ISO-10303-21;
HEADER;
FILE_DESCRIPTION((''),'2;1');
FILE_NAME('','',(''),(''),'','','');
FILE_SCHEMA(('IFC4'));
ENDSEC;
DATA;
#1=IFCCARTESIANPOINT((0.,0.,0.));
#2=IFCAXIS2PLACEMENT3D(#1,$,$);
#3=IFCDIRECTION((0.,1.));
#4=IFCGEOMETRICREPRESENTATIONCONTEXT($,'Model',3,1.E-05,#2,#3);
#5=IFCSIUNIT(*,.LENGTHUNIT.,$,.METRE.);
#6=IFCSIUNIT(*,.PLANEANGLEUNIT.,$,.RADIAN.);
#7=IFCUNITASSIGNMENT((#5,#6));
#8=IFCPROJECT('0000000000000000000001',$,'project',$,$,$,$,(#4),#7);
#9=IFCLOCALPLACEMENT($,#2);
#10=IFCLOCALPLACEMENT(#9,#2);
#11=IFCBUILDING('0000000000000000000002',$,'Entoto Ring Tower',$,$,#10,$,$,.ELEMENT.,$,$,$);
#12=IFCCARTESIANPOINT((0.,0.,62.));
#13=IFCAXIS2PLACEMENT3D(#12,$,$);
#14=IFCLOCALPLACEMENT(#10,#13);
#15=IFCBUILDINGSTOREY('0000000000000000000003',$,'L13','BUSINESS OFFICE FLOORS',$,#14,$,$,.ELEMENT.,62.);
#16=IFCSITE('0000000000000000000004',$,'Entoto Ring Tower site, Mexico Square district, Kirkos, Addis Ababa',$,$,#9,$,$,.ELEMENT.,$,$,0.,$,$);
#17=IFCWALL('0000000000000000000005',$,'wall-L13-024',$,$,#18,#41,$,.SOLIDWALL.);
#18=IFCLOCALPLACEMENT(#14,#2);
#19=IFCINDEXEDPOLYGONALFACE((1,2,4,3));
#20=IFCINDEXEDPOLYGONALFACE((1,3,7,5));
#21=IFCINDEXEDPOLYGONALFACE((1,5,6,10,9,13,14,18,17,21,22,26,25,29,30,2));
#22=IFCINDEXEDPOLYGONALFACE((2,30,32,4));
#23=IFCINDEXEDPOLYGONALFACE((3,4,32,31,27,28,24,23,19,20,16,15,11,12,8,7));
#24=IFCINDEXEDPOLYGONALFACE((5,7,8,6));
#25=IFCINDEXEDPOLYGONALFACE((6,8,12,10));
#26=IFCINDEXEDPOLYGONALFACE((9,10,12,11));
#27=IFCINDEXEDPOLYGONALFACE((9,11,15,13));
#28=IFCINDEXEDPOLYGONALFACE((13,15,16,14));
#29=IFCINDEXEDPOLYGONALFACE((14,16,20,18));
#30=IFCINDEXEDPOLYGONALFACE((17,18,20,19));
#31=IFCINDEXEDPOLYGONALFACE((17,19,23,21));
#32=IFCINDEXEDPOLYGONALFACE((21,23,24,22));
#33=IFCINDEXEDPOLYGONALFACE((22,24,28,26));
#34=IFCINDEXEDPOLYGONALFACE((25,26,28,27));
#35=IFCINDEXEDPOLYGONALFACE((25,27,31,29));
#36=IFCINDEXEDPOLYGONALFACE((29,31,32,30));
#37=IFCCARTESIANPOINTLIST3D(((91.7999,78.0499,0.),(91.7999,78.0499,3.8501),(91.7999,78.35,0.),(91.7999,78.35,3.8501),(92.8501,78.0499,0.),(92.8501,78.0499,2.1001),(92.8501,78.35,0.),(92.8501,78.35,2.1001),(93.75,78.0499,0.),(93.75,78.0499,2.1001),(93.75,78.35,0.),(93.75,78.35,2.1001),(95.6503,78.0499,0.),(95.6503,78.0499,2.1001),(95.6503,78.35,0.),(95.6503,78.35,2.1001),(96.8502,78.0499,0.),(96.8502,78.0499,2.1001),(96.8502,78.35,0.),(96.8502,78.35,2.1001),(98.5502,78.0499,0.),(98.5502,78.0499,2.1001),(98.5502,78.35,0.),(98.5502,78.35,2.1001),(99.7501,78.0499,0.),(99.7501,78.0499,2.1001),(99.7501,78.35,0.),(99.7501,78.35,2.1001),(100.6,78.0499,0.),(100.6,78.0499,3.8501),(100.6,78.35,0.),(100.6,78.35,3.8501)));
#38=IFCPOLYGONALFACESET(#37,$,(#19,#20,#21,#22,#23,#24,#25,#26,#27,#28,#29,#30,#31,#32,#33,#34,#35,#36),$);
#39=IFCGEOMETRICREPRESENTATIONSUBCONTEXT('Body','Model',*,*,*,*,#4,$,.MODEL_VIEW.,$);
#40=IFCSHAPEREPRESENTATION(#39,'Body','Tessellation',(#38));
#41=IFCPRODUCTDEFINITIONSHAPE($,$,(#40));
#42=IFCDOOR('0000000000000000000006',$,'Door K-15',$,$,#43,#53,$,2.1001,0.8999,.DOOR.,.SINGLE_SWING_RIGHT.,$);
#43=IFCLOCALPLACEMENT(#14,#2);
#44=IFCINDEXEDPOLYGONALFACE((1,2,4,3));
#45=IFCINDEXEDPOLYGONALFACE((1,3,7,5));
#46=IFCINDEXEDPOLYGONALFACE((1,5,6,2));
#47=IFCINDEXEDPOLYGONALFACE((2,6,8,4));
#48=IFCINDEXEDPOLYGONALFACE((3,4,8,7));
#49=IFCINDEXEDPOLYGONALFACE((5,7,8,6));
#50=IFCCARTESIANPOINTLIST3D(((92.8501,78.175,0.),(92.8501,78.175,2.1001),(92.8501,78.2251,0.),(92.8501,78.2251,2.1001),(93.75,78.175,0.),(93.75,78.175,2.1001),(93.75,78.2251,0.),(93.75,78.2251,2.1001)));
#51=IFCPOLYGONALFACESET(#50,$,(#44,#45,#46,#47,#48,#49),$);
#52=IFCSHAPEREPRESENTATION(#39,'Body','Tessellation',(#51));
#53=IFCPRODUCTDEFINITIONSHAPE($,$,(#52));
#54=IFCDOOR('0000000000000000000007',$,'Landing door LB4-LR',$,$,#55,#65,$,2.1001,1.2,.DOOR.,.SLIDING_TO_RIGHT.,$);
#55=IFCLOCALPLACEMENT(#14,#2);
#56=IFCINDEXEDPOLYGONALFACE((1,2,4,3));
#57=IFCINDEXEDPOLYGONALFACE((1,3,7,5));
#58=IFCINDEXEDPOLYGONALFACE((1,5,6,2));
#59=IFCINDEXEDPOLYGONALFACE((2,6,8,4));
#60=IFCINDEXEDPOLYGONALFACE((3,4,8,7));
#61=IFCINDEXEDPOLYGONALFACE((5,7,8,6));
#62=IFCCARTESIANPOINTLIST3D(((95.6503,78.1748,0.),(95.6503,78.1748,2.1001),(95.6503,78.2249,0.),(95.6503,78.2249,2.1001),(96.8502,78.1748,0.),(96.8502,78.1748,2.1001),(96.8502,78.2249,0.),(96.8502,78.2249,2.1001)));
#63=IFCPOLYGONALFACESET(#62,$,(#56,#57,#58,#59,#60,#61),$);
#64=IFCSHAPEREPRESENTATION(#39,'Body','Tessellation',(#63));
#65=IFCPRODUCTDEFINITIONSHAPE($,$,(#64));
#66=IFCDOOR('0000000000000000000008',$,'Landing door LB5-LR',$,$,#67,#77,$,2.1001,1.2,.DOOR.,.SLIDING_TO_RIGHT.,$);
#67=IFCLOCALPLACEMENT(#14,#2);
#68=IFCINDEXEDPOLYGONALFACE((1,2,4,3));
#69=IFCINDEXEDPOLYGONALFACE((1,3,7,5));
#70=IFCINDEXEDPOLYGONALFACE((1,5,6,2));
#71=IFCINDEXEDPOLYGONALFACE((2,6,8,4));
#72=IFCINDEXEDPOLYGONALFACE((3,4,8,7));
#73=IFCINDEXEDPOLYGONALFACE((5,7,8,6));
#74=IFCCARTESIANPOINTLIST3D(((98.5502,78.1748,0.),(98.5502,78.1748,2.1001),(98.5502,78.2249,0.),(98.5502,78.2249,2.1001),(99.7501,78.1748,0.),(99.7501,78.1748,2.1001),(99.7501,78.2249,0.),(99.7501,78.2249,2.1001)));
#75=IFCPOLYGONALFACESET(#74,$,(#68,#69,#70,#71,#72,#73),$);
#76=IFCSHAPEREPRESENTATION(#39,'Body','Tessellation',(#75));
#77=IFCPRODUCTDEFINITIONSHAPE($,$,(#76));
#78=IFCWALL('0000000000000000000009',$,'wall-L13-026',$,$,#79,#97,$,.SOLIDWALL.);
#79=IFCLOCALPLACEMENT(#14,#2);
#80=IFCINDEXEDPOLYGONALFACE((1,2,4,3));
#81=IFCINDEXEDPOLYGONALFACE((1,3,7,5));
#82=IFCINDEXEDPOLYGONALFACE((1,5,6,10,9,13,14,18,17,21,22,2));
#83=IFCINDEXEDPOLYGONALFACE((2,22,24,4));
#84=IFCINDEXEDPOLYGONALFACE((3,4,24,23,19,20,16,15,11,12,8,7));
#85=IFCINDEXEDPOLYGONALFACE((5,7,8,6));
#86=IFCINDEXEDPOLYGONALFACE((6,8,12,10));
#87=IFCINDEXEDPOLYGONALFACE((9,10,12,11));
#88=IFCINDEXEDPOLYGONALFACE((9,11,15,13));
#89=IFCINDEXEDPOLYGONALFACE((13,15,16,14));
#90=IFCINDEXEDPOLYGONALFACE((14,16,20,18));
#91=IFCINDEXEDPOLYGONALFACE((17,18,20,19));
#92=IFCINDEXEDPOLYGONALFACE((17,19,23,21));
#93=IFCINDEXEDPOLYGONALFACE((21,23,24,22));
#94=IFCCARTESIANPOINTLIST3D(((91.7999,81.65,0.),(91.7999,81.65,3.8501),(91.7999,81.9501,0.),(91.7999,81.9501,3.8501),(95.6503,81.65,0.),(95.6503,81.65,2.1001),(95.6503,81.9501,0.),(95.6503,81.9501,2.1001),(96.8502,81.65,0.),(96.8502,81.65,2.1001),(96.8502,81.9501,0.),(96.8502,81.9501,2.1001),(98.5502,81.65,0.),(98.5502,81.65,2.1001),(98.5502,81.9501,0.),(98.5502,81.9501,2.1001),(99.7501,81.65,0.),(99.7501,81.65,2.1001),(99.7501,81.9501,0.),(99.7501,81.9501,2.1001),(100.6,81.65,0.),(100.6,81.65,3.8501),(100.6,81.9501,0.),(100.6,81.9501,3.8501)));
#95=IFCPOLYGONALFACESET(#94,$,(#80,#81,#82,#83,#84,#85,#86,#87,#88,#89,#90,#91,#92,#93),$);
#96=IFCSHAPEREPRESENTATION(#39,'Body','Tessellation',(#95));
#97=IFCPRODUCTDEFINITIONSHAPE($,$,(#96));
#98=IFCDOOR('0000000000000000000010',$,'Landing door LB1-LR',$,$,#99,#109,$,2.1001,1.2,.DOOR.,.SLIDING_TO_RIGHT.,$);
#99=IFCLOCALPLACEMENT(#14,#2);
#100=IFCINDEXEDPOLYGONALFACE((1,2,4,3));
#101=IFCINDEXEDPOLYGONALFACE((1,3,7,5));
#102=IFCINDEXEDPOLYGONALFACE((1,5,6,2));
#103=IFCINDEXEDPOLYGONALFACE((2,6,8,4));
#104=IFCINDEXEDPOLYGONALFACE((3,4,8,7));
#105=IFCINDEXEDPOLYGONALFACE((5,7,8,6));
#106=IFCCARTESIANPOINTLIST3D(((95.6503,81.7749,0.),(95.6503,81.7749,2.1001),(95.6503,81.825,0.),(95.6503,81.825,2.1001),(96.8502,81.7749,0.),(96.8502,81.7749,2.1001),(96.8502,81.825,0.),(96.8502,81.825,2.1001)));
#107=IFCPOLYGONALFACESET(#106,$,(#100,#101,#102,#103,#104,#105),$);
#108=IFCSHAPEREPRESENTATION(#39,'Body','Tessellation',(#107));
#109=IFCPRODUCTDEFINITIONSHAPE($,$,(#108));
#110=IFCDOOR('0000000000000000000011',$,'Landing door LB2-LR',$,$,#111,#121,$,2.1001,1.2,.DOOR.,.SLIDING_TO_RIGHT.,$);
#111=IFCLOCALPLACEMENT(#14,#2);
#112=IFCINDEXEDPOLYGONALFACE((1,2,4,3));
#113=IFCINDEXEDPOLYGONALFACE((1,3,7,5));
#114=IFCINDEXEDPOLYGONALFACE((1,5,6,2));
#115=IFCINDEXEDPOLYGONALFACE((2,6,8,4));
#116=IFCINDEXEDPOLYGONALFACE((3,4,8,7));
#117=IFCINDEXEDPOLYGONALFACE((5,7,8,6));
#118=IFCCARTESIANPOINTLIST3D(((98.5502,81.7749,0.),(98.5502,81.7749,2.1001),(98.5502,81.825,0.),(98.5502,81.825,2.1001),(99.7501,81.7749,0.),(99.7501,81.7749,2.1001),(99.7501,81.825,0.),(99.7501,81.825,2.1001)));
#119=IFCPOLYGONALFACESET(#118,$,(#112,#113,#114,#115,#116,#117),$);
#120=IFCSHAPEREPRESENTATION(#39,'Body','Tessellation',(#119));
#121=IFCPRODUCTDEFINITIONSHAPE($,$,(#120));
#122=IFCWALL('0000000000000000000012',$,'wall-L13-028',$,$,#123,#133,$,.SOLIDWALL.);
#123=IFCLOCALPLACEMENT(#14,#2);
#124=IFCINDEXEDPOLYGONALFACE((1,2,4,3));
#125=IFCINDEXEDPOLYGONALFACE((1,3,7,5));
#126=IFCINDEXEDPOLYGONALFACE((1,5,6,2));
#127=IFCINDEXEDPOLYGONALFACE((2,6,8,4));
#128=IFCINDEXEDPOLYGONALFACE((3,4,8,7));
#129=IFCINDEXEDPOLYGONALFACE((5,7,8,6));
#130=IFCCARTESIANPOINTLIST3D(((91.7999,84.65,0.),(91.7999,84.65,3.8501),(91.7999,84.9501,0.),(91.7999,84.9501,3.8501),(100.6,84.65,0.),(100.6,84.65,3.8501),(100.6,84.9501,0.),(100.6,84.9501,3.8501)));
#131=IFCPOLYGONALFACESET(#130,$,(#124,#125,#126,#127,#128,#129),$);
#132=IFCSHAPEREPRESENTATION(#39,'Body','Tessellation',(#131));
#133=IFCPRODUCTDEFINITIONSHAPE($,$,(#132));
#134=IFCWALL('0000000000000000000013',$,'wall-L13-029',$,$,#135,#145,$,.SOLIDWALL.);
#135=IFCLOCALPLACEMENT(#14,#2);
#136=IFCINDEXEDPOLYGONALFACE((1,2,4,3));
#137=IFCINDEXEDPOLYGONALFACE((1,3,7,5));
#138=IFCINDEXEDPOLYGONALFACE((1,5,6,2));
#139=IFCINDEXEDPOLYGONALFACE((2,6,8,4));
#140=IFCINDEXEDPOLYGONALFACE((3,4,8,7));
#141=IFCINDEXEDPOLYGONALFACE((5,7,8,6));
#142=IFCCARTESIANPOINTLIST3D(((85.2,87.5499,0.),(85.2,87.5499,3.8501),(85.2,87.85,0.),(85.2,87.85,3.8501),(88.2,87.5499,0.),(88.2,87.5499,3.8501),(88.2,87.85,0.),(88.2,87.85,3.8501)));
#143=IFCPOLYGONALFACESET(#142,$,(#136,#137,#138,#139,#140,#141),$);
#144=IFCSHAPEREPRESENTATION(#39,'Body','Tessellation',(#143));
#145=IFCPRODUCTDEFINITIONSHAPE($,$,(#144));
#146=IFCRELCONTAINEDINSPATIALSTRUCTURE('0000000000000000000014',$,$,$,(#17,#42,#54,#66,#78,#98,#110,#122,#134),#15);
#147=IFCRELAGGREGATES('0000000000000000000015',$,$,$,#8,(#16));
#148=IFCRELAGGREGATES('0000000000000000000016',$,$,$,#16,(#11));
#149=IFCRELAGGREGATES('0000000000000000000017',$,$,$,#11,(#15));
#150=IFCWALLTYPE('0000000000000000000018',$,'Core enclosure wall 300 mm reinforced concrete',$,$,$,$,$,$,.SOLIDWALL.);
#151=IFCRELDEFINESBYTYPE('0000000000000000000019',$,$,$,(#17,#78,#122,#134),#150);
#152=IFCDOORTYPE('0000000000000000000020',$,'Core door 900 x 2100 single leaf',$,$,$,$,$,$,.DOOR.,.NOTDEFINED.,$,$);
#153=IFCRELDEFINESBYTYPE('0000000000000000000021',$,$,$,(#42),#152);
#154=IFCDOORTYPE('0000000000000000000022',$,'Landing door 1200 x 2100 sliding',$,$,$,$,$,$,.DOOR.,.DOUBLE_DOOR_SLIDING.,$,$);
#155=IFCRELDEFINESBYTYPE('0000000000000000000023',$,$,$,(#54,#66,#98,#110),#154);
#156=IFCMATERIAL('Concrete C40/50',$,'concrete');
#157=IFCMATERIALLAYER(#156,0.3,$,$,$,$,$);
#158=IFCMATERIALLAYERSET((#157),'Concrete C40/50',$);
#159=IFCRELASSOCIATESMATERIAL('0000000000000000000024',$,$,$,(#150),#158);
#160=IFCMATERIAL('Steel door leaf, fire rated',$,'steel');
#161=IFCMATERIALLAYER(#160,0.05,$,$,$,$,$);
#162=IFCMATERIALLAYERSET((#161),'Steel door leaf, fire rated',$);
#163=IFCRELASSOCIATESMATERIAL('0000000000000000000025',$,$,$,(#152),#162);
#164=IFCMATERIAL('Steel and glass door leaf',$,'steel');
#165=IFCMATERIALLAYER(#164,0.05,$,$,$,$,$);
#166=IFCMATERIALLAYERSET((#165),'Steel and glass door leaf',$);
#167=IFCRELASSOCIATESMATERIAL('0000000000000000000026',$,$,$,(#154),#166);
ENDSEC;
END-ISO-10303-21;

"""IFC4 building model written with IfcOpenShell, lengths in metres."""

from ifc_helpers import new_model, si_unit, direction, frame, frame_2d, origin, place, context, subcontext, project, spatial, rectangle, extrude, material, layer, layer_set, type_object, element, fill, save


model = new_model("IFC4")

# Units and contexts
model_context = context("Model", 3, precision=1e-05, world=origin(), true_north=direction((0.0, 1.0)))
body_context = subcontext(model_context, "Body", "Model", "MODEL_VIEW")
ifc_project = project(units=[si_unit("LENGTHUNIT", "METRE"), si_unit("PLANEANGLEUNIT", "RADIAN")], contexts=[model_context])

# Site, building, storey
site_placement = place(None, origin())
site = spatial("IfcSite", under=ifc_project, at=site_placement, Name="Entoto Ring Tower site, Mexico Square district, Kirkos, Addis Ababa", CompositionType="ELEMENT", RefElevation=0.0)
building_placement = place(site_placement, origin())
building = spatial("IfcBuilding", under=site, at=building_placement, Name="Entoto Ring Tower", CompositionType="ELEMENT")
storey_placement = place(building_placement, frame((0.0, 0.0, 62.0)))
storey = spatial("IfcBuildingStorey", under=building, at=storey_placement, Name="L13", Description="BUSINESS OFFICE FLOORS", CompositionType="ELEMENT", Elevation=62.0)

# Shared definitions
ifc_material_1 = material(Name="Concrete C40/50", Category="concrete")
ifc_layer_1 = layer(ifc_material_1, 0.3)
ifc_layer_set_1 = layer_set([ifc_layer_1], Name="Concrete C40/50")
wall_type = type_object("IfcWallType", Name="Core enclosure wall 300 mm reinforced concrete", PredefinedType="SOLIDWALL", material=ifc_layer_set_1)

# Shared definitions
ifc_material_2 = material(Name="Steel door leaf, fire rated", Category="steel")
ifc_layer_2 = layer(ifc_material_2, 0.05)
ifc_layer_set_2 = layer_set([ifc_layer_2], Name="Steel door leaf, fire rated")
door_type_1 = type_object("IfcDoorType", Name="Core door 900 x 2100 single leaf", OperationType="NOTDEFINED", PredefinedType="DOOR", material=ifc_layer_set_2)

# Walls, openings, doors
ifc_material_3 = material(Name="Steel and glass door leaf", Category="steel")
ifc_layer_3 = layer(ifc_material_3, 0.05)
ifc_layer_set_3 = layer_set([ifc_layer_3], Name="Steel and glass door leaf")
door_type_2 = type_object("IfcDoorType", Name="Landing door 1200 x 2100 sliding", OperationType="DOUBLE_DOOR_SLIDING", PredefinedType="DOOR", material=ifc_layer_set_3)
wall_1_placement = place(storey_placement, frame((91.8, 78.2, 0.0), z_axis=(0.0, 0.0, 1.0), x_axis=(1.0, 0.0, 0.0)))
wall_1 = element("IfcWall", 1, at=wall_1_placement, inside=storey, type_object=wall_type, Name="wall-L13-024", PredefinedType="SOLIDWALL", context=body_context, shape_type="SweptSolid", body=[
    extrude(rectangle(XDim=8.8, YDim=0.3, at=frame_2d((4.3999, 0.0))), origin(), (0.0, 0.0, 1.0), 3.8501),
])
opening_1_placement = place(wall_1_placement, frame((3.8501, 0.0, 0.0)))
opening_1 = element("IfcOpeningElement", 2, at=opening_1_placement, cuts=wall_1, PredefinedType="OPENING", context=body_context, shape_type="SweptSolid", body=[
    extrude(rectangle(XDim=1.2, YDim=2.1001, at=frame_2d((0.6001, 1.05))), frame((0.0, 0.1602, 0.0), z_axis=(0.0, -1.0, 0.0), x_axis=(1.0, 0.0, 0.0)), (0.0, 0.0, 1.0), 0.3201),
])
opening_2_placement = place(wall_1_placement, frame((6.75, 0.0, 0.0)))
opening_2 = element("IfcOpeningElement", 3, at=opening_2_placement, cuts=wall_1, PredefinedType="OPENING", context=body_context, shape_type="SweptSolid", body=[
    extrude(rectangle(XDim=1.2, YDim=2.1001, at=frame_2d((0.6001, 1.05))), frame((0.0, 0.1602, 0.0), z_axis=(0.0, -1.0, 0.0), x_axis=(1.0, 0.0, 0.0)), (0.0, 0.0, 1.0), 0.3201),
])
opening_3_placement = place(wall_1_placement, frame((1.05, 0.0, 0.0)))
opening_3 = element("IfcOpeningElement", 4, at=opening_3_placement, cuts=wall_1, PredefinedType="OPENING", context=body_context, shape_type="SweptSolid", body=[
    extrude(rectangle(XDim=0.8999, YDim=2.1001, at=frame_2d((0.45, 1.05))), frame((0.0, 0.1602, 0.0), z_axis=(0.0, -1.0, 0.0), x_axis=(1.0, 0.0, 0.0)), (0.0, 0.0, 1.0), 0.3201),
])
door_1_placement = place(opening_3_placement, frame((0.8999, 0.0, 0.0), z_axis=(0.0, 0.0, 1.0), x_axis=(-1.0, 0.0, 0.0)))
door_1 = element("IfcDoor", 5, at=door_1_placement, inside=storey, type_object=door_type_1, Name="Door K-15", OperationType="SINGLE_SWING_RIGHT", OverallHeight=2.1001, OverallWidth=0.8999, PredefinedType="DOOR", context=body_context, shape_type="SweptSolid", body=[
    extrude(rectangle(XDim=0.8999, YDim=2.1001, at=frame_2d((0.45, 1.05))), frame((0.0, 0.0249, 0.0), z_axis=(0.0, -1.0, 0.0), x_axis=(1.0, 0.0, 0.0)), (0.0, 0.0, 1.0), 0.05),
])
fill(opening_3, door_1)
door_2_placement = place(opening_1_placement, origin())
door_2 = element("IfcDoor", 6, at=door_2_placement, inside=storey, type_object=door_type_2, Name="Landing door LB4-LR", OperationType="SLIDING_TO_RIGHT", OverallHeight=2.1001, OverallWidth=1.2, PredefinedType="DOOR", context=body_context, shape_type="SweptSolid", body=[
    extrude(rectangle(XDim=1.2, YDim=2.1001, at=frame_2d((0.6001, 1.05))), frame((0.0, 0.0249, 0.0), z_axis=(0.0, -1.0, 0.0), x_axis=(1.0, 0.0, 0.0)), (0.0, 0.0, 1.0), 0.05),
])
fill(opening_1, door_2)
door_3_placement = place(opening_2_placement, origin())
door_3 = element("IfcDoor", 7, at=door_3_placement, inside=storey, type_object=door_type_2, Name="Landing door LB5-LR", OperationType="SLIDING_TO_RIGHT", OverallHeight=2.1001, OverallWidth=1.2, PredefinedType="DOOR", context=body_context, shape_type="SweptSolid", body=[
    extrude(rectangle(XDim=1.2, YDim=2.1001, at=frame_2d((0.6001, 1.05))), frame((0.0, 0.0249, 0.0), z_axis=(0.0, -1.0, 0.0), x_axis=(1.0, 0.0, 0.0)), (0.0, 0.0, 1.0), 0.05),
])
fill(opening_2, door_3)
wall_2_placement = place(storey_placement, frame((91.8, 81.8, 0.0), z_axis=(0.0, 0.0, 1.0), x_axis=(1.0, 0.0, 0.0)))
wall_2 = element("IfcWall", 8, at=wall_2_placement, inside=storey, type_object=wall_type, Name="wall-L13-026", PredefinedType="SOLIDWALL", context=body_context, shape_type="SweptSolid", body=[
    extrude(rectangle(XDim=8.8, YDim=0.3, at=frame_2d((4.3999, 0.0))), origin(), (0.0, 0.0, 1.0), 3.8501),
])
opening_4_placement = place(wall_2_placement, frame((3.8501, 0.0, 0.0)))
opening_4 = element("IfcOpeningElement", 9, at=opening_4_placement, cuts=wall_2, PredefinedType="OPENING", context=body_context, shape_type="SweptSolid", body=[
    extrude(rectangle(XDim=1.2, YDim=2.1001, at=frame_2d((0.6001, 1.05))), frame((0.0, 0.1602, 0.0), z_axis=(0.0, -1.0, 0.0), x_axis=(1.0, 0.0, 0.0)), (0.0, 0.0, 1.0), 0.3201),
])
opening_5_placement = place(wall_2_placement, frame((6.75, 0.0, 0.0)))
opening_5 = element("IfcOpeningElement", 10, at=opening_5_placement, cuts=wall_2, PredefinedType="OPENING", context=body_context, shape_type="SweptSolid", body=[
    extrude(rectangle(XDim=1.2, YDim=2.1001, at=frame_2d((0.6001, 1.05))), frame((0.0, 0.1602, 0.0), z_axis=(0.0, -1.0, 0.0), x_axis=(1.0, 0.0, 0.0)), (0.0, 0.0, 1.0), 0.3201),
])
door_4_placement = place(opening_4_placement, origin())
door_4 = element("IfcDoor", 11, at=door_4_placement, inside=storey, type_object=door_type_2, Name="Landing door LB1-LR", OperationType="SLIDING_TO_RIGHT", OverallHeight=2.1001, OverallWidth=1.2, PredefinedType="DOOR", context=body_context, shape_type="SweptSolid", body=[
    extrude(rectangle(XDim=1.2, YDim=2.1001, at=frame_2d((0.6001, 1.05))), frame((0.0, 0.0249, 0.0), z_axis=(0.0, -1.0, 0.0), x_axis=(1.0, 0.0, 0.0)), (0.0, 0.0, 1.0), 0.05),
])
fill(opening_4, door_4)
door_5_placement = place(opening_5_placement, origin())
door_5 = element("IfcDoor", 12, at=door_5_placement, inside=storey, type_object=door_type_2, Name="Landing door LB2-LR", OperationType="SLIDING_TO_RIGHT", OverallHeight=2.1001, OverallWidth=1.2, PredefinedType="DOOR", context=body_context, shape_type="SweptSolid", body=[
    extrude(rectangle(XDim=1.2, YDim=2.1001, at=frame_2d((0.6001, 1.05))), frame((0.0, 0.0249, 0.0), z_axis=(0.0, -1.0, 0.0), x_axis=(1.0, 0.0, 0.0)), (0.0, 0.0, 1.0), 0.05),
])
fill(opening_5, door_5)

# Walls
wall_3_placement = place(storey_placement, frame((91.8, 84.8, 0.0), z_axis=(0.0, 0.0, 1.0), x_axis=(1.0, 0.0, 0.0)))
element("IfcWall", 13, at=wall_3_placement, inside=storey, type_object=wall_type, Name="wall-L13-028", PredefinedType="SOLIDWALL", context=body_context, shape_type="SweptSolid", body=[
    extrude(rectangle(XDim=8.8, YDim=0.3, at=frame_2d((4.3999, 0.0))), origin(), (0.0, 0.0, 1.0), 3.8501),
])
wall_4_placement = place(storey_placement, frame((85.2, 87.7, 0.0), z_axis=(0.0, 0.0, 1.0), x_axis=(1.0, 0.0, 0.0)))
element("IfcWall", 14, at=wall_4_placement, inside=storey, type_object=wall_type, Name="wall-L13-029", PredefinedType="SOLIDWALL", context=body_context, shape_type="SweptSolid", body=[
    extrude(rectangle(XDim=3.0, YDim=0.3, at=frame_2d((1.5, 0.0))), origin(), (0.0, 0.0, 1.0), 3.8501),
])

save(model, "model.ifc")
